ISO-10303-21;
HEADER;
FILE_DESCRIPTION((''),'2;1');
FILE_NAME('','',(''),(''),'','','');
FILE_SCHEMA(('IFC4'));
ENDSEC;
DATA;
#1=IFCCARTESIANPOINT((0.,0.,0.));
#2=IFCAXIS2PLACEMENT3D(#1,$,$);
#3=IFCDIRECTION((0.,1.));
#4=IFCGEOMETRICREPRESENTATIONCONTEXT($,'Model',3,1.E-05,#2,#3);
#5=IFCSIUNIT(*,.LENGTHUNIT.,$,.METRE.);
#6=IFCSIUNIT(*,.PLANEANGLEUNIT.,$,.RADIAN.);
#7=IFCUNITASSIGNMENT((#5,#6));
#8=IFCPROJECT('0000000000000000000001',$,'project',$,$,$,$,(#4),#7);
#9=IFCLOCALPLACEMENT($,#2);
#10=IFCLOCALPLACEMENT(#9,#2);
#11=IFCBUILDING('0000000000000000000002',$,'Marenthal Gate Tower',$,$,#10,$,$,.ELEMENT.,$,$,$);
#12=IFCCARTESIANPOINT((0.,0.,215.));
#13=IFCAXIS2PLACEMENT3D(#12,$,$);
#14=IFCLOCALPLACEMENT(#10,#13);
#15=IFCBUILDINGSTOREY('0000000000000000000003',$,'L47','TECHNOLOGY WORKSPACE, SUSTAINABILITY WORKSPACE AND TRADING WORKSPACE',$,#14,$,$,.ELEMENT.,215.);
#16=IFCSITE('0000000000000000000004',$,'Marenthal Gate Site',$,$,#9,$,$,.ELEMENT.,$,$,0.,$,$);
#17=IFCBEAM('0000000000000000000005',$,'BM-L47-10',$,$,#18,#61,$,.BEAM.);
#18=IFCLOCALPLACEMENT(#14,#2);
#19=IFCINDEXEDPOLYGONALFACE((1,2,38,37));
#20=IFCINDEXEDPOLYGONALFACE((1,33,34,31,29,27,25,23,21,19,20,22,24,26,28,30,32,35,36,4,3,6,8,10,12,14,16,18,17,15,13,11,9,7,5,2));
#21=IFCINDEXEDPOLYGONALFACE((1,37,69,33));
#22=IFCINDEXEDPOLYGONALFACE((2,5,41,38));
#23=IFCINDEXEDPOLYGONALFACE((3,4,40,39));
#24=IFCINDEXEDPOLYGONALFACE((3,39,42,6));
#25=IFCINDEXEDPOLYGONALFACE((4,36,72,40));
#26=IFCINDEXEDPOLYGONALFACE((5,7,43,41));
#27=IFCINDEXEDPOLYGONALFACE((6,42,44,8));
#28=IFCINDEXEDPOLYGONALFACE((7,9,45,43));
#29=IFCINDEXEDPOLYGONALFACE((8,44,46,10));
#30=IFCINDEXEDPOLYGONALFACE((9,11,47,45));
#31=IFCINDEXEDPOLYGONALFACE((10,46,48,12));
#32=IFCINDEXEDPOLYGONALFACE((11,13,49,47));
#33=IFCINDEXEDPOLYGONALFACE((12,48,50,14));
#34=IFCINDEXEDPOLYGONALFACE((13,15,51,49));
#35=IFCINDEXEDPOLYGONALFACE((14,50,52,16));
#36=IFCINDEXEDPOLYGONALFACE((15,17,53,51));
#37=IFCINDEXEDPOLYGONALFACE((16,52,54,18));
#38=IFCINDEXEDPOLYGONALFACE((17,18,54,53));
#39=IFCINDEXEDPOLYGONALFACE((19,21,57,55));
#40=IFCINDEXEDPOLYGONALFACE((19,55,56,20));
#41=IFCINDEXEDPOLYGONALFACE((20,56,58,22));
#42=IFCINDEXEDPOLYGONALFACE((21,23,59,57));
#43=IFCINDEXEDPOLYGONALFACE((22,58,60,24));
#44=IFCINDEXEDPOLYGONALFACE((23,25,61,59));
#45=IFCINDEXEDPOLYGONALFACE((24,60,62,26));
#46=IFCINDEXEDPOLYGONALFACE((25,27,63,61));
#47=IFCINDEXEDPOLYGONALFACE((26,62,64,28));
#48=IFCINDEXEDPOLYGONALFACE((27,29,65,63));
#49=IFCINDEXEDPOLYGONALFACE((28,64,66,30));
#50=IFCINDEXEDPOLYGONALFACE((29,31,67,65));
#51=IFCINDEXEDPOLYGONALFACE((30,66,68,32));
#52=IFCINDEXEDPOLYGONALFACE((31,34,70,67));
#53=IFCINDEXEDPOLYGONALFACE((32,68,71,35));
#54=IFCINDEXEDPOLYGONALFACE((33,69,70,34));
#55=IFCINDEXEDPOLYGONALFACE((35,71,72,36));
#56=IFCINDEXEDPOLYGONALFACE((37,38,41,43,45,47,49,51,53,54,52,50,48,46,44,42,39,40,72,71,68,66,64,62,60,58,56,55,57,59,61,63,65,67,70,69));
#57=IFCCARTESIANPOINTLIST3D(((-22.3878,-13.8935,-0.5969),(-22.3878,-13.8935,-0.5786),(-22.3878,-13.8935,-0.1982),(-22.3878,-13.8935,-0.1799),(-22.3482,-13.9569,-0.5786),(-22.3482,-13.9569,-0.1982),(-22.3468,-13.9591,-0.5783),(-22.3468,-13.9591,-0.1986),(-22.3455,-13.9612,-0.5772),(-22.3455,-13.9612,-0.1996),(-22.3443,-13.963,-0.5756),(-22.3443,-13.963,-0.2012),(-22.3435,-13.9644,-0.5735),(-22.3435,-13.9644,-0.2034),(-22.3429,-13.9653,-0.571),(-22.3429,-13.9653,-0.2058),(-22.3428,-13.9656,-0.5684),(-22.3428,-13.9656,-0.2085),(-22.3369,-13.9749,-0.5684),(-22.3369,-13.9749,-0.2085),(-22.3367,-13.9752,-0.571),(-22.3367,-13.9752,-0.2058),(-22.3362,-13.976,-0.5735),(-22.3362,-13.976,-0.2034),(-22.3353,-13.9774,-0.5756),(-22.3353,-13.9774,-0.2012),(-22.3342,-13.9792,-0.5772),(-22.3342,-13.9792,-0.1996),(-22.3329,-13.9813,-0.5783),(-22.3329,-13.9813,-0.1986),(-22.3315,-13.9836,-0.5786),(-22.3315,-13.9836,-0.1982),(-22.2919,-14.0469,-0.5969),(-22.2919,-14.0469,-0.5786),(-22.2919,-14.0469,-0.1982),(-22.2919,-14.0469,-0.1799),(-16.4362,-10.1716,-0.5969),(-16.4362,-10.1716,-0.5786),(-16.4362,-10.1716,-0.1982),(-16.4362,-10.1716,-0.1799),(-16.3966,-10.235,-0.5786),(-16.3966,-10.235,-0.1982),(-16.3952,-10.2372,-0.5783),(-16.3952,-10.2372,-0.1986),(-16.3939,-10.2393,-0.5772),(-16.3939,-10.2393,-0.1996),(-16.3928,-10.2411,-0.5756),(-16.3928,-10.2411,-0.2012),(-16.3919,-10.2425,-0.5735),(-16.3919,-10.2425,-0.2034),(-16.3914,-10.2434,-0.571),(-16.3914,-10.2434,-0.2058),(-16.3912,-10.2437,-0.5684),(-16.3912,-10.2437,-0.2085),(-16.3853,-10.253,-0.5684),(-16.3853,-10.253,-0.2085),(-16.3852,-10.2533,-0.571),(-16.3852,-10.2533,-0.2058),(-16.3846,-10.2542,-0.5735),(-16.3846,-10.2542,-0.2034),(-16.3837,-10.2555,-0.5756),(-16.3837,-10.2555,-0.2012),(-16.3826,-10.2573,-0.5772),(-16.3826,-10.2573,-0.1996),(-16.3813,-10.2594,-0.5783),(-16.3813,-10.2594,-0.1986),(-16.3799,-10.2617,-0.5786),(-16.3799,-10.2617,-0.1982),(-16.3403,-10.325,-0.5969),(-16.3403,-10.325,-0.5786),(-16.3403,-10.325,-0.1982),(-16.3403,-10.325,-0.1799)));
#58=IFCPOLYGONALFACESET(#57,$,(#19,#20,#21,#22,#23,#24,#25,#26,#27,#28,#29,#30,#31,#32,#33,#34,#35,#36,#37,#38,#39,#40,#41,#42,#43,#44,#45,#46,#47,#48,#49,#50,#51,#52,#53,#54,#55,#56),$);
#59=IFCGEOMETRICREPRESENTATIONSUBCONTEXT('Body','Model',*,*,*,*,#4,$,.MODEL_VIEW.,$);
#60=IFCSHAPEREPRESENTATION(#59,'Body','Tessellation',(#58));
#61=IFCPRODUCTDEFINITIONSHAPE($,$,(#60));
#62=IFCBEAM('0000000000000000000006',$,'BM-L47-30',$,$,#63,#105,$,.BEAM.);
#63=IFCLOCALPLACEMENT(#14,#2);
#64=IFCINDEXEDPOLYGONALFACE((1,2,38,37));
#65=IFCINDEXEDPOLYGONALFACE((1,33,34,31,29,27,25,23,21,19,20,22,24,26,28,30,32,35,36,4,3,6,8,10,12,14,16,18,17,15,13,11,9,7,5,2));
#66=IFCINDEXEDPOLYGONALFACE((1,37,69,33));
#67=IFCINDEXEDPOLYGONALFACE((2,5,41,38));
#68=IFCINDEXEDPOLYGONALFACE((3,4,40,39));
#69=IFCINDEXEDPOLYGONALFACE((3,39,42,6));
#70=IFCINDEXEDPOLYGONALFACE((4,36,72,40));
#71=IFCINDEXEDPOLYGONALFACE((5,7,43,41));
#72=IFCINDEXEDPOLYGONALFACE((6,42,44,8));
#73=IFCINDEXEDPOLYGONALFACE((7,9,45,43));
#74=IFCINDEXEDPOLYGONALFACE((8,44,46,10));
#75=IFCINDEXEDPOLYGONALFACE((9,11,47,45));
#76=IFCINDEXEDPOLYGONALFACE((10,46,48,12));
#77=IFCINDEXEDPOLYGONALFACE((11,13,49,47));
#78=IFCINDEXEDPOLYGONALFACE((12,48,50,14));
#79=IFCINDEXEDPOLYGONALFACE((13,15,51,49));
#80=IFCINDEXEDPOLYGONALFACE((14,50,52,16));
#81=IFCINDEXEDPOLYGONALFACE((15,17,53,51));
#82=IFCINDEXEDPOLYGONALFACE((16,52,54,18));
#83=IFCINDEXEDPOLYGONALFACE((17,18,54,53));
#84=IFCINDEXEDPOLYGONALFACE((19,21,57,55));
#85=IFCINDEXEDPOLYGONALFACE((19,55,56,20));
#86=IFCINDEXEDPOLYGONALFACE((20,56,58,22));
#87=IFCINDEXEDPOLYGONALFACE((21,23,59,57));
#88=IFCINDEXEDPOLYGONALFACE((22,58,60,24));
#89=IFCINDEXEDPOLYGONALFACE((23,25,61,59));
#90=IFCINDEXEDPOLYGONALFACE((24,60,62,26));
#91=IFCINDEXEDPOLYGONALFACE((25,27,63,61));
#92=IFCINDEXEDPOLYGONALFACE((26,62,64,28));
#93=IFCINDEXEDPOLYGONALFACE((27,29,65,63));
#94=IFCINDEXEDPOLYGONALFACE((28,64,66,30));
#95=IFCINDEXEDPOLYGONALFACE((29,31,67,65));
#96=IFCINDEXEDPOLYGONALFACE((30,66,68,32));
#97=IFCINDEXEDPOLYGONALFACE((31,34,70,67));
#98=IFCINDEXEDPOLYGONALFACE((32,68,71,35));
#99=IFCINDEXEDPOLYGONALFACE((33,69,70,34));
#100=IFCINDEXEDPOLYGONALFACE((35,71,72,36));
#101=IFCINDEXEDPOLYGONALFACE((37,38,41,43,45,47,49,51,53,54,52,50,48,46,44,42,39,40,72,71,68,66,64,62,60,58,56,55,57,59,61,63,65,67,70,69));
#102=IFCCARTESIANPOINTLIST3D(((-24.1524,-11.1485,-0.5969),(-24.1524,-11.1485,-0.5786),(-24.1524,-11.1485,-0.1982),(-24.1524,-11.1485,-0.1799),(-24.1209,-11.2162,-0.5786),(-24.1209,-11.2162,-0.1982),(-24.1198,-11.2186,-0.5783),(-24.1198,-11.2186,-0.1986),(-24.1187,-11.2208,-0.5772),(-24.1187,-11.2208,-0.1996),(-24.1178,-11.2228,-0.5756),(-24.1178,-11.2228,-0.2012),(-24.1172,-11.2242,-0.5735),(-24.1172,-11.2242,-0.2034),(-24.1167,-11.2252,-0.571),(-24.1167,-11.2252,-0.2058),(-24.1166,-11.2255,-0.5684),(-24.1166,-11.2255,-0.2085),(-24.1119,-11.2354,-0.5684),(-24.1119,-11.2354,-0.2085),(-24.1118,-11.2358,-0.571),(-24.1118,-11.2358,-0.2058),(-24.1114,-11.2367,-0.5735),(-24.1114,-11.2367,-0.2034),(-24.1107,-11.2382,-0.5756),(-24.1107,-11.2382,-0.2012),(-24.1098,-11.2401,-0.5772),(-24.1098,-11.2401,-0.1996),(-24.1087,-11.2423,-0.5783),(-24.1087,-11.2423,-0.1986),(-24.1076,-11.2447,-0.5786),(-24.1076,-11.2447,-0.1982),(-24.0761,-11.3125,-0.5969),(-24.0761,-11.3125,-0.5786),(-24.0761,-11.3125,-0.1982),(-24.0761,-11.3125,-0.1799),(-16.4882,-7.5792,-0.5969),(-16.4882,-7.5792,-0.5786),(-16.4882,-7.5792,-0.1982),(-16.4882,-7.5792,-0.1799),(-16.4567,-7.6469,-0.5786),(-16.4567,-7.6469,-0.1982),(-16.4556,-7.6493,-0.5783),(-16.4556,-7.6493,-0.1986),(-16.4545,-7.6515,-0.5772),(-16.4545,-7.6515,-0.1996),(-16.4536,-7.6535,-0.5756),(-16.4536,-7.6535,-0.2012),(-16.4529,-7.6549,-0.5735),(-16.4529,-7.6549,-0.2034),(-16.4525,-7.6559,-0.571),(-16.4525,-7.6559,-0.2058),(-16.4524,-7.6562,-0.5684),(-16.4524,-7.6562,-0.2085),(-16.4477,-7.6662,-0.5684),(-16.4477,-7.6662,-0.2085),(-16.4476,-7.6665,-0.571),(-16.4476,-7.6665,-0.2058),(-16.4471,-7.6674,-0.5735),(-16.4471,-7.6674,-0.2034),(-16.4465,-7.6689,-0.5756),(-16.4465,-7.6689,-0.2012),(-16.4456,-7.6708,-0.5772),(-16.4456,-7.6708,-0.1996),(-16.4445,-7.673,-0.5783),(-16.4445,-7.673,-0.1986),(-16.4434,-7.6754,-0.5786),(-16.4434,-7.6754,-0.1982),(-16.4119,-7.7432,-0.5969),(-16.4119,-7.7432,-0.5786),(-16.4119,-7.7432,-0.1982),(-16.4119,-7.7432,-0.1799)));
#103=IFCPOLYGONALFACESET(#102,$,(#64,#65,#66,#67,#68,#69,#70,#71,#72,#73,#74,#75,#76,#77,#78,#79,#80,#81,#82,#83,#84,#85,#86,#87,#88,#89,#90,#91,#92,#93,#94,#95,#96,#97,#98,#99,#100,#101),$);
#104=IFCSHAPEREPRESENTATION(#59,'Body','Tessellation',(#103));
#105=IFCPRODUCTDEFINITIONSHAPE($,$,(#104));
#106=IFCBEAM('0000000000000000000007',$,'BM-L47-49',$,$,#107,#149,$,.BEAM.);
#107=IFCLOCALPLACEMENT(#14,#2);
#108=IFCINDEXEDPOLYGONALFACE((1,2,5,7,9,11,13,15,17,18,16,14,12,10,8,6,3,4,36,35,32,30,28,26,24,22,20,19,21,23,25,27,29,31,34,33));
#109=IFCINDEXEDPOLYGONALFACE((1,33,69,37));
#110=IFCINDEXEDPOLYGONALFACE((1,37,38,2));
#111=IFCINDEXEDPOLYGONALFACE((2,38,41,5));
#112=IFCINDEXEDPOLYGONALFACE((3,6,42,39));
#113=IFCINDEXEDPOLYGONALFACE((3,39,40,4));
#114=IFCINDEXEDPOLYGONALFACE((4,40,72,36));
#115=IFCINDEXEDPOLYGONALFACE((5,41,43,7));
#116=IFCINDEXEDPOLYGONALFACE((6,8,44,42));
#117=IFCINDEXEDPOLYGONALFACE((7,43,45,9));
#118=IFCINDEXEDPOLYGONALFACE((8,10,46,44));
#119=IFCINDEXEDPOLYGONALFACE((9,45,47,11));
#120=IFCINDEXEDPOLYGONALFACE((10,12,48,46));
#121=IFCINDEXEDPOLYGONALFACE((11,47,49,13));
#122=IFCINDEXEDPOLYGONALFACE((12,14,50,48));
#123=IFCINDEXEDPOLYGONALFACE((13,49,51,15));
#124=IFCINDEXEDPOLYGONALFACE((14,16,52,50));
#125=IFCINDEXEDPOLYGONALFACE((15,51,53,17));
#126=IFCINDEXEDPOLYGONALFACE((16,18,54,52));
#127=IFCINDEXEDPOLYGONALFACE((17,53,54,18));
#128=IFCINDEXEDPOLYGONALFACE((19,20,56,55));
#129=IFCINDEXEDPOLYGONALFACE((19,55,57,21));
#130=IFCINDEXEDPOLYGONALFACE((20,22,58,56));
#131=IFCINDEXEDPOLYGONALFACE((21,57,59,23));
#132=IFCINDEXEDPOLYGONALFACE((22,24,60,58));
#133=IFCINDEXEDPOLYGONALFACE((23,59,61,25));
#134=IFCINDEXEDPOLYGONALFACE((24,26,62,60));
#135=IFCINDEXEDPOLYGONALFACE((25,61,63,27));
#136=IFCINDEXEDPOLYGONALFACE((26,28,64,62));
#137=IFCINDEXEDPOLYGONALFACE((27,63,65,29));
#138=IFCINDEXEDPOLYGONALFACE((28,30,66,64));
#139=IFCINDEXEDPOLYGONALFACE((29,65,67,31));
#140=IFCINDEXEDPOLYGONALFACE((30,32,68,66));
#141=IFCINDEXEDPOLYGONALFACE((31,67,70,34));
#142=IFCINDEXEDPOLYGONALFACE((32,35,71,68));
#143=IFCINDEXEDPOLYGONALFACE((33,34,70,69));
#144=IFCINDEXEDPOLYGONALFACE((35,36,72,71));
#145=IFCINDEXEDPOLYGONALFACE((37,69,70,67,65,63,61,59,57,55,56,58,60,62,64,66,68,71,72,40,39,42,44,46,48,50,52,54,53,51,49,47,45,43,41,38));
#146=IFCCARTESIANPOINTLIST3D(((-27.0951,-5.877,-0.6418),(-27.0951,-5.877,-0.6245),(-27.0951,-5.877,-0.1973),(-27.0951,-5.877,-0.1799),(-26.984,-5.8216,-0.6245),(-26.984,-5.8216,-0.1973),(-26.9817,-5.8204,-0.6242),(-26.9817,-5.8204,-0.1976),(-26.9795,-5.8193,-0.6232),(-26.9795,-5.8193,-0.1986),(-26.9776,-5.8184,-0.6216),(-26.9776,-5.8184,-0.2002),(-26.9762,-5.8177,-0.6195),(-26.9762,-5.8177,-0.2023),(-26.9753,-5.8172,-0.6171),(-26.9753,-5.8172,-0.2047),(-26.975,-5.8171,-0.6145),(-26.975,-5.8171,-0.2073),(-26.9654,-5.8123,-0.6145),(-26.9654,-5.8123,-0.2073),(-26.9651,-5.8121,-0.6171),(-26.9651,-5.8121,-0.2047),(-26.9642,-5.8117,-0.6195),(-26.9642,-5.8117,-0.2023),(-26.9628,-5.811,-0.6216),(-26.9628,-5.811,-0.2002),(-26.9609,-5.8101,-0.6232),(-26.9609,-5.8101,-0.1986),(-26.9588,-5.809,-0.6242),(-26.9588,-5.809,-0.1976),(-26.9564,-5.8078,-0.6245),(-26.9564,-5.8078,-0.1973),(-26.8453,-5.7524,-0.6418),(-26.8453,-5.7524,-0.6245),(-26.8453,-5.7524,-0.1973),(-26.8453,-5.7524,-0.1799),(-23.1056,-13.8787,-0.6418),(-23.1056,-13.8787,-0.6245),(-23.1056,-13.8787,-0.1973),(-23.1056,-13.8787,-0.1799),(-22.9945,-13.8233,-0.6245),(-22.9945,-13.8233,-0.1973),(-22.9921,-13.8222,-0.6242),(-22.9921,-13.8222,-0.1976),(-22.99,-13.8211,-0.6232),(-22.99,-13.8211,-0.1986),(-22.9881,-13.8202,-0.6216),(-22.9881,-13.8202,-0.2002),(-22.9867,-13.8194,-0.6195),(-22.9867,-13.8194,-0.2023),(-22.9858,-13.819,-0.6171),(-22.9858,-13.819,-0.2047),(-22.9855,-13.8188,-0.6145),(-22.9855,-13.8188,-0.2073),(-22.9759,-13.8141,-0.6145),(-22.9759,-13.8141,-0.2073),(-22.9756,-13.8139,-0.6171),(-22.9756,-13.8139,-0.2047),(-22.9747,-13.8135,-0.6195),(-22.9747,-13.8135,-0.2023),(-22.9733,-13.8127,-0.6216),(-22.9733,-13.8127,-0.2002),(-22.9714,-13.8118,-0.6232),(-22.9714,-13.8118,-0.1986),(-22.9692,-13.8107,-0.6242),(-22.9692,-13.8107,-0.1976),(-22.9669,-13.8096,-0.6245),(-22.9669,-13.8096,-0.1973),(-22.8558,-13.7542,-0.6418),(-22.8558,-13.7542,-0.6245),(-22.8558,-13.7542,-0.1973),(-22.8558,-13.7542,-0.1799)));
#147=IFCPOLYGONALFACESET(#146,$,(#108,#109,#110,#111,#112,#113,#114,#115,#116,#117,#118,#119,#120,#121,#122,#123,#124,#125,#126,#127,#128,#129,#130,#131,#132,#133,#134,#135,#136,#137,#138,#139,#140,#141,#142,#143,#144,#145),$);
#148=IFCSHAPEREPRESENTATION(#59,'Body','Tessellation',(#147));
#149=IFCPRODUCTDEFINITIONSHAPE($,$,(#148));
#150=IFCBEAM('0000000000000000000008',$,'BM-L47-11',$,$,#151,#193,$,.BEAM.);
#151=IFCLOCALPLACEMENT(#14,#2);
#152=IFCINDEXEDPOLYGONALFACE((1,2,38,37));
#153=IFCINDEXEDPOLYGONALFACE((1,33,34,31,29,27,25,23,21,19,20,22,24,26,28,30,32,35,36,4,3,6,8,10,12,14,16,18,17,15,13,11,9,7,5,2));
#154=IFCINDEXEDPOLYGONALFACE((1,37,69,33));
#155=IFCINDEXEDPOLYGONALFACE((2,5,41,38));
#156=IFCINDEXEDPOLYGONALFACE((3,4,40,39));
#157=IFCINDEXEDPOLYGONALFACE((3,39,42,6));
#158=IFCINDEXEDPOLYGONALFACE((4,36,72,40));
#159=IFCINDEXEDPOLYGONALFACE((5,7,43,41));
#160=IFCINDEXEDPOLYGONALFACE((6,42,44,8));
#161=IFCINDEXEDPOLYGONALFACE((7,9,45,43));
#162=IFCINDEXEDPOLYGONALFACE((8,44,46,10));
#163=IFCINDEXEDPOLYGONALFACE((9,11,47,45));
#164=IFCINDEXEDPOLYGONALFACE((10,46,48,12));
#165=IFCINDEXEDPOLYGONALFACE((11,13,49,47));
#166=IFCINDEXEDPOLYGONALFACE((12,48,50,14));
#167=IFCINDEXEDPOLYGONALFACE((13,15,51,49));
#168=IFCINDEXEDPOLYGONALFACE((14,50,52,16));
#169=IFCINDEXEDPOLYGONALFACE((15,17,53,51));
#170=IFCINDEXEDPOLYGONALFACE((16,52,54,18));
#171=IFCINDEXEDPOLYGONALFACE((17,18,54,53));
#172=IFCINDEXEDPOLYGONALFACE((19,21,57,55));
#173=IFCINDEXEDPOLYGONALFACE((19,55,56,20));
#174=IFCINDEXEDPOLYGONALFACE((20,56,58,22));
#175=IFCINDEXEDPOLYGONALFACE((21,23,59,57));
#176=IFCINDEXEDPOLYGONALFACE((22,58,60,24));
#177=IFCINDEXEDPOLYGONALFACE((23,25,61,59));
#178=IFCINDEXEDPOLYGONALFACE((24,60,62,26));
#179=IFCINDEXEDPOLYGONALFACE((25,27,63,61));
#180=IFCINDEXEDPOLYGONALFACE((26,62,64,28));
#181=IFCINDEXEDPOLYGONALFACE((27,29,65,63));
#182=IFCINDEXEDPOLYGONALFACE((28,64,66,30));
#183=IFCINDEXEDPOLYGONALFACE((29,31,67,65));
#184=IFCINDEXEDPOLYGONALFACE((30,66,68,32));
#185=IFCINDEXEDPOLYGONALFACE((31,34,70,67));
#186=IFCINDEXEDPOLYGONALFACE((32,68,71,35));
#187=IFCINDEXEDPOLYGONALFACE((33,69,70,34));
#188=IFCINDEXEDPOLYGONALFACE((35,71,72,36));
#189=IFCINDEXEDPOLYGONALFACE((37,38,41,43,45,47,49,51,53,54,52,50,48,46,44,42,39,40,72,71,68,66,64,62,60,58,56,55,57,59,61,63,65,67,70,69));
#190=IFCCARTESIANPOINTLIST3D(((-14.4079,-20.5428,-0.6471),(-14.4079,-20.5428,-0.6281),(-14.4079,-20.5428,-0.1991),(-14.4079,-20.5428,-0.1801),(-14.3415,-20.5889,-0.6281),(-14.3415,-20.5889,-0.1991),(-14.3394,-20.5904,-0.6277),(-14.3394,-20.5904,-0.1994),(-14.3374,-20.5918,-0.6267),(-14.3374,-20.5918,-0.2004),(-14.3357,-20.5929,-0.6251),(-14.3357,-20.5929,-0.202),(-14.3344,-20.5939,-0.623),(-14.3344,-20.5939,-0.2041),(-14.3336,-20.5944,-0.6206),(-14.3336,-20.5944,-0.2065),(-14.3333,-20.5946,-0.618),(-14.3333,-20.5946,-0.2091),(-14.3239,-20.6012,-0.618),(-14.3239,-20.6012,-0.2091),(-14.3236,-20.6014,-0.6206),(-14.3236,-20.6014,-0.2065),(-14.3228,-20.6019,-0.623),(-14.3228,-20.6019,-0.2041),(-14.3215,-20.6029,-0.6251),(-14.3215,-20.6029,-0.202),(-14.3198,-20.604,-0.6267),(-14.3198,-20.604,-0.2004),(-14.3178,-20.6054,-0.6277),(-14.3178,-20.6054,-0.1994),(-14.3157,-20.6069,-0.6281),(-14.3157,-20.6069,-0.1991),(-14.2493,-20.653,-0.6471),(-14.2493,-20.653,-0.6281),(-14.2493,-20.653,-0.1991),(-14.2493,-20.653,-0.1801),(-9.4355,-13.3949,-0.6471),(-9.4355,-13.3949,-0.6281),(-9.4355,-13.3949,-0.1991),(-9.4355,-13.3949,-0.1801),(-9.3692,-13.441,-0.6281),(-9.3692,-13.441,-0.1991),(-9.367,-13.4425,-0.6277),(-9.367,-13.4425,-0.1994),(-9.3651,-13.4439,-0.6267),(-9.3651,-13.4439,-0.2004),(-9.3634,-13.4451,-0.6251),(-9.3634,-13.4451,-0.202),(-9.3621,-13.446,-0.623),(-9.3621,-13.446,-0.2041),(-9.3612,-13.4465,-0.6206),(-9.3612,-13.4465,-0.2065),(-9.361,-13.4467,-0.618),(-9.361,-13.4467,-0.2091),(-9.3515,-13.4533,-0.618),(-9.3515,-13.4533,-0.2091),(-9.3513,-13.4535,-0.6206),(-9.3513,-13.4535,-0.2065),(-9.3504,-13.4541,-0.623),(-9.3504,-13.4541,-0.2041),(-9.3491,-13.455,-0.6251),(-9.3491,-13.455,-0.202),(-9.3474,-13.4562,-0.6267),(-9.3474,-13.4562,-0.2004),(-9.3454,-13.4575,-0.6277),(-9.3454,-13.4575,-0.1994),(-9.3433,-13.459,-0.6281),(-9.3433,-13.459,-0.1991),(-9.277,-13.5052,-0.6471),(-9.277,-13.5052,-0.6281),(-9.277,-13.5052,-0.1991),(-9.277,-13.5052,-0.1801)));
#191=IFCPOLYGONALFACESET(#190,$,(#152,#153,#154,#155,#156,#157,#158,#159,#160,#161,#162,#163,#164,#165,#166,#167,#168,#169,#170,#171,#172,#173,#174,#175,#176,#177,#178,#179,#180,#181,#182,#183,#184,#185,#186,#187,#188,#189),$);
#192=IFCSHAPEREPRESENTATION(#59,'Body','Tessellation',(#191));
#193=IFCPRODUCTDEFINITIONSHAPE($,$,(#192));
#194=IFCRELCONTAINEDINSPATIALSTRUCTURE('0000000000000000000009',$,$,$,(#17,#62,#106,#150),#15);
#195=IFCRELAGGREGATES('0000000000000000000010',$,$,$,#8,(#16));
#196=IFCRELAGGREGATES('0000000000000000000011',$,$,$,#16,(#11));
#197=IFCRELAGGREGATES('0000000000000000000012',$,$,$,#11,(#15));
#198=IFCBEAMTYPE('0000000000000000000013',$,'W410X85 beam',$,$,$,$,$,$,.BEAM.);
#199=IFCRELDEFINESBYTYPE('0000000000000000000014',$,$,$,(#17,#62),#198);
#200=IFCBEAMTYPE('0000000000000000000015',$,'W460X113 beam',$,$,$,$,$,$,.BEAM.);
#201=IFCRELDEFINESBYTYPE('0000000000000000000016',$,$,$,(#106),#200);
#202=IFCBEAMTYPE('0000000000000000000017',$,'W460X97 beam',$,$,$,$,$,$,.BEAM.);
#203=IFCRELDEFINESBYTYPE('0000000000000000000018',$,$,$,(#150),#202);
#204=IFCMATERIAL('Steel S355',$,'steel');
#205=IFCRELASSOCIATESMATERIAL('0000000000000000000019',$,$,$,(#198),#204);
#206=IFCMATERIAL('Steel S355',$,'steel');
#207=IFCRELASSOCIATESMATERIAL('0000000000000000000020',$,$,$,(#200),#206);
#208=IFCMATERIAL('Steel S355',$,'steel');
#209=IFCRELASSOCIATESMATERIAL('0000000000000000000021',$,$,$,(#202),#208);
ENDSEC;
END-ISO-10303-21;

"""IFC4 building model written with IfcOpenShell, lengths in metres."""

from ifc_helpers import new_model, si_unit, direction, frame, origin, origin_2d, place, context, subcontext, project, spatial, i_section, extrude, material, material_profile, profile_set, type_object, element, save


model = new_model("IFC4")

# Units and contexts
model_context = context("Model", 3, precision=1e-05, world=origin(), true_north=direction((0.0, 1.0)))
body_context = subcontext(model_context, "Body", "Model", "MODEL_VIEW")
ifc_project = project(units=[si_unit("LENGTHUNIT", "METRE"), si_unit("PLANEANGLEUNIT", "RADIAN")], contexts=[model_context])

# Site, building, storey
site_placement = place(None, origin())
site = spatial("IfcSite", under=ifc_project, at=site_placement, Name="Marenthal Gate Site", CompositionType="ELEMENT", RefElevation=0.0)
building_placement = place(site_placement, origin())
building = spatial("IfcBuilding", under=site, at=building_placement, Name="Marenthal Gate Tower", CompositionType="ELEMENT")
storey_placement = place(building_placement, frame((0.0, 0.0, 215.0)))
storey = spatial("IfcBuildingStorey", under=building, at=storey_placement, Name="L47", Description="TECHNOLOGY WORKSPACE, SUSTAINABILITY WORKSPACE AND TRADING WORKSPACE", CompositionType="ELEMENT", Elevation=215.0)

# Beams
ifc_material_1 = material(Name="Steel S355", Category="steel")
ifc_material_profile_1 = material_profile(ifc_material_1, i_section(OverallWidth=0.1809, OverallDepth=0.417, WebThickness=0.011, FlangeThickness=0.0183, FilletRadius=0.0103, at=origin_2d()), Name="W410X85")
ifc_profile_set_1 = profile_set([ifc_material_profile_1], Name="Steel S355")
beam_type_1 = type_object("IfcBeamType", Name="W410X85 beam", PredefinedType="BEAM", material=ifc_profile_set_1)
beam_1_placement = place(storey_placement, frame((-22.3398, -13.9702, -0.3884), z_axis=(0.847862, 0.530218, 0.0), x_axis=(-0.530218, 0.847862, 0.0)))
element("IfcBeam", 1, at=beam_1_placement, inside=storey, type_object=beam_type_1, Name="BM-L47-10", PredefinedType="BEAM", context=body_context, shape_type="SweptSolid", body=[
    extrude(i_section(OverallWidth=0.1809, OverallDepth=0.417, WebThickness=0.011, FlangeThickness=0.0183, FilletRadius=0.0103, at=origin_2d()), origin(), (0.0, 0.0, 1.0), 7.0195),
])
beam_2_placement = place(storey_placement, frame((-24.1143, -11.2305, -0.3884), z_axis=(0.906516, 0.422172, 0.0), x_axis=(-0.422172, 0.906516, 0.0)))
element("IfcBeam", 2, at=beam_2_placement, inside=storey, type_object=beam_type_1, Name="BM-L47-30", PredefinedType="BEAM", context=body_context, shape_type="SweptSolid", body=[
    extrude(i_section(OverallWidth=0.1809, OverallDepth=0.417, WebThickness=0.011, FlangeThickness=0.0183, FilletRadius=0.0103, at=origin_2d()), origin(), (0.0, 0.0, 1.0), 8.4546),
])
ifc_material_2 = material(Name="Steel S355", Category="steel")
ifc_material_profile_2 = material_profile(ifc_material_2, i_section(OverallWidth=0.2791, OverallDepth=0.4619, WebThickness=0.0107, FlangeThickness=0.0173, FilletRadius=0.01, at=origin_2d()), Name="W460X113")
ifc_profile_set_2 = profile_set([ifc_material_profile_2], Name="Steel S355")
beam_type_2 = type_object("IfcBeamType", Name="W460X113 beam", PredefinedType="BEAM", material=ifc_profile_set_2)
beam_3_placement = place(storey_placement, frame((-26.9702, -5.8147, -0.4109), z_axis=(0.446198, -0.894934, 0.0), x_axis=(0.894934, 0.446198, 0.0)))
element("IfcBeam", 3, at=beam_3_placement, inside=storey, type_object=beam_type_2, Name="BM-L47-49", PredefinedType="BEAM", context=body_context, shape_type="SweptSolid", body=[
    extrude(i_section(OverallWidth=0.2791, OverallDepth=0.4619, WebThickness=0.0107, FlangeThickness=0.0173, FilletRadius=0.01, at=origin_2d()), origin(), (0.0, 0.0, 1.0), 8.9412),
])
ifc_material_3 = material(Name="Steel S355", Category="steel")
ifc_material_profile_3 = material_profile(ifc_material_3, i_section(OverallWidth=0.1931, OverallDepth=0.467, WebThickness=0.0115, FlangeThickness=0.019, FilletRadius=0.01, at=origin_2d()), Name="W460X97")
ifc_profile_set_3 = profile_set([ifc_material_profile_3], Name="Steel S355")
beam_type_3 = type_object("IfcBeamType", Name="W460X97 beam", PredefinedType="BEAM", material=ifc_profile_set_3)
beam_4_placement = place(storey_placement, frame((-14.3286, -20.5979, -0.4136), z_axis=(0.571059, 0.820909, 0.0), x_axis=(-0.820909, 0.571059, 0.0)))
element("IfcBeam", 4, at=beam_4_placement, inside=storey, type_object=beam_type_3, Name="BM-L47-11", PredefinedType="BEAM", context=body_context, shape_type="SweptSolid", body=[
    extrude(i_section(OverallWidth=0.1931, OverallDepth=0.467, WebThickness=0.0115, FlangeThickness=0.019, FilletRadius=0.01, at=origin_2d()), origin(), (0.0, 0.0, 1.0), 8.7073),
])

save(model, "model.ifc")
